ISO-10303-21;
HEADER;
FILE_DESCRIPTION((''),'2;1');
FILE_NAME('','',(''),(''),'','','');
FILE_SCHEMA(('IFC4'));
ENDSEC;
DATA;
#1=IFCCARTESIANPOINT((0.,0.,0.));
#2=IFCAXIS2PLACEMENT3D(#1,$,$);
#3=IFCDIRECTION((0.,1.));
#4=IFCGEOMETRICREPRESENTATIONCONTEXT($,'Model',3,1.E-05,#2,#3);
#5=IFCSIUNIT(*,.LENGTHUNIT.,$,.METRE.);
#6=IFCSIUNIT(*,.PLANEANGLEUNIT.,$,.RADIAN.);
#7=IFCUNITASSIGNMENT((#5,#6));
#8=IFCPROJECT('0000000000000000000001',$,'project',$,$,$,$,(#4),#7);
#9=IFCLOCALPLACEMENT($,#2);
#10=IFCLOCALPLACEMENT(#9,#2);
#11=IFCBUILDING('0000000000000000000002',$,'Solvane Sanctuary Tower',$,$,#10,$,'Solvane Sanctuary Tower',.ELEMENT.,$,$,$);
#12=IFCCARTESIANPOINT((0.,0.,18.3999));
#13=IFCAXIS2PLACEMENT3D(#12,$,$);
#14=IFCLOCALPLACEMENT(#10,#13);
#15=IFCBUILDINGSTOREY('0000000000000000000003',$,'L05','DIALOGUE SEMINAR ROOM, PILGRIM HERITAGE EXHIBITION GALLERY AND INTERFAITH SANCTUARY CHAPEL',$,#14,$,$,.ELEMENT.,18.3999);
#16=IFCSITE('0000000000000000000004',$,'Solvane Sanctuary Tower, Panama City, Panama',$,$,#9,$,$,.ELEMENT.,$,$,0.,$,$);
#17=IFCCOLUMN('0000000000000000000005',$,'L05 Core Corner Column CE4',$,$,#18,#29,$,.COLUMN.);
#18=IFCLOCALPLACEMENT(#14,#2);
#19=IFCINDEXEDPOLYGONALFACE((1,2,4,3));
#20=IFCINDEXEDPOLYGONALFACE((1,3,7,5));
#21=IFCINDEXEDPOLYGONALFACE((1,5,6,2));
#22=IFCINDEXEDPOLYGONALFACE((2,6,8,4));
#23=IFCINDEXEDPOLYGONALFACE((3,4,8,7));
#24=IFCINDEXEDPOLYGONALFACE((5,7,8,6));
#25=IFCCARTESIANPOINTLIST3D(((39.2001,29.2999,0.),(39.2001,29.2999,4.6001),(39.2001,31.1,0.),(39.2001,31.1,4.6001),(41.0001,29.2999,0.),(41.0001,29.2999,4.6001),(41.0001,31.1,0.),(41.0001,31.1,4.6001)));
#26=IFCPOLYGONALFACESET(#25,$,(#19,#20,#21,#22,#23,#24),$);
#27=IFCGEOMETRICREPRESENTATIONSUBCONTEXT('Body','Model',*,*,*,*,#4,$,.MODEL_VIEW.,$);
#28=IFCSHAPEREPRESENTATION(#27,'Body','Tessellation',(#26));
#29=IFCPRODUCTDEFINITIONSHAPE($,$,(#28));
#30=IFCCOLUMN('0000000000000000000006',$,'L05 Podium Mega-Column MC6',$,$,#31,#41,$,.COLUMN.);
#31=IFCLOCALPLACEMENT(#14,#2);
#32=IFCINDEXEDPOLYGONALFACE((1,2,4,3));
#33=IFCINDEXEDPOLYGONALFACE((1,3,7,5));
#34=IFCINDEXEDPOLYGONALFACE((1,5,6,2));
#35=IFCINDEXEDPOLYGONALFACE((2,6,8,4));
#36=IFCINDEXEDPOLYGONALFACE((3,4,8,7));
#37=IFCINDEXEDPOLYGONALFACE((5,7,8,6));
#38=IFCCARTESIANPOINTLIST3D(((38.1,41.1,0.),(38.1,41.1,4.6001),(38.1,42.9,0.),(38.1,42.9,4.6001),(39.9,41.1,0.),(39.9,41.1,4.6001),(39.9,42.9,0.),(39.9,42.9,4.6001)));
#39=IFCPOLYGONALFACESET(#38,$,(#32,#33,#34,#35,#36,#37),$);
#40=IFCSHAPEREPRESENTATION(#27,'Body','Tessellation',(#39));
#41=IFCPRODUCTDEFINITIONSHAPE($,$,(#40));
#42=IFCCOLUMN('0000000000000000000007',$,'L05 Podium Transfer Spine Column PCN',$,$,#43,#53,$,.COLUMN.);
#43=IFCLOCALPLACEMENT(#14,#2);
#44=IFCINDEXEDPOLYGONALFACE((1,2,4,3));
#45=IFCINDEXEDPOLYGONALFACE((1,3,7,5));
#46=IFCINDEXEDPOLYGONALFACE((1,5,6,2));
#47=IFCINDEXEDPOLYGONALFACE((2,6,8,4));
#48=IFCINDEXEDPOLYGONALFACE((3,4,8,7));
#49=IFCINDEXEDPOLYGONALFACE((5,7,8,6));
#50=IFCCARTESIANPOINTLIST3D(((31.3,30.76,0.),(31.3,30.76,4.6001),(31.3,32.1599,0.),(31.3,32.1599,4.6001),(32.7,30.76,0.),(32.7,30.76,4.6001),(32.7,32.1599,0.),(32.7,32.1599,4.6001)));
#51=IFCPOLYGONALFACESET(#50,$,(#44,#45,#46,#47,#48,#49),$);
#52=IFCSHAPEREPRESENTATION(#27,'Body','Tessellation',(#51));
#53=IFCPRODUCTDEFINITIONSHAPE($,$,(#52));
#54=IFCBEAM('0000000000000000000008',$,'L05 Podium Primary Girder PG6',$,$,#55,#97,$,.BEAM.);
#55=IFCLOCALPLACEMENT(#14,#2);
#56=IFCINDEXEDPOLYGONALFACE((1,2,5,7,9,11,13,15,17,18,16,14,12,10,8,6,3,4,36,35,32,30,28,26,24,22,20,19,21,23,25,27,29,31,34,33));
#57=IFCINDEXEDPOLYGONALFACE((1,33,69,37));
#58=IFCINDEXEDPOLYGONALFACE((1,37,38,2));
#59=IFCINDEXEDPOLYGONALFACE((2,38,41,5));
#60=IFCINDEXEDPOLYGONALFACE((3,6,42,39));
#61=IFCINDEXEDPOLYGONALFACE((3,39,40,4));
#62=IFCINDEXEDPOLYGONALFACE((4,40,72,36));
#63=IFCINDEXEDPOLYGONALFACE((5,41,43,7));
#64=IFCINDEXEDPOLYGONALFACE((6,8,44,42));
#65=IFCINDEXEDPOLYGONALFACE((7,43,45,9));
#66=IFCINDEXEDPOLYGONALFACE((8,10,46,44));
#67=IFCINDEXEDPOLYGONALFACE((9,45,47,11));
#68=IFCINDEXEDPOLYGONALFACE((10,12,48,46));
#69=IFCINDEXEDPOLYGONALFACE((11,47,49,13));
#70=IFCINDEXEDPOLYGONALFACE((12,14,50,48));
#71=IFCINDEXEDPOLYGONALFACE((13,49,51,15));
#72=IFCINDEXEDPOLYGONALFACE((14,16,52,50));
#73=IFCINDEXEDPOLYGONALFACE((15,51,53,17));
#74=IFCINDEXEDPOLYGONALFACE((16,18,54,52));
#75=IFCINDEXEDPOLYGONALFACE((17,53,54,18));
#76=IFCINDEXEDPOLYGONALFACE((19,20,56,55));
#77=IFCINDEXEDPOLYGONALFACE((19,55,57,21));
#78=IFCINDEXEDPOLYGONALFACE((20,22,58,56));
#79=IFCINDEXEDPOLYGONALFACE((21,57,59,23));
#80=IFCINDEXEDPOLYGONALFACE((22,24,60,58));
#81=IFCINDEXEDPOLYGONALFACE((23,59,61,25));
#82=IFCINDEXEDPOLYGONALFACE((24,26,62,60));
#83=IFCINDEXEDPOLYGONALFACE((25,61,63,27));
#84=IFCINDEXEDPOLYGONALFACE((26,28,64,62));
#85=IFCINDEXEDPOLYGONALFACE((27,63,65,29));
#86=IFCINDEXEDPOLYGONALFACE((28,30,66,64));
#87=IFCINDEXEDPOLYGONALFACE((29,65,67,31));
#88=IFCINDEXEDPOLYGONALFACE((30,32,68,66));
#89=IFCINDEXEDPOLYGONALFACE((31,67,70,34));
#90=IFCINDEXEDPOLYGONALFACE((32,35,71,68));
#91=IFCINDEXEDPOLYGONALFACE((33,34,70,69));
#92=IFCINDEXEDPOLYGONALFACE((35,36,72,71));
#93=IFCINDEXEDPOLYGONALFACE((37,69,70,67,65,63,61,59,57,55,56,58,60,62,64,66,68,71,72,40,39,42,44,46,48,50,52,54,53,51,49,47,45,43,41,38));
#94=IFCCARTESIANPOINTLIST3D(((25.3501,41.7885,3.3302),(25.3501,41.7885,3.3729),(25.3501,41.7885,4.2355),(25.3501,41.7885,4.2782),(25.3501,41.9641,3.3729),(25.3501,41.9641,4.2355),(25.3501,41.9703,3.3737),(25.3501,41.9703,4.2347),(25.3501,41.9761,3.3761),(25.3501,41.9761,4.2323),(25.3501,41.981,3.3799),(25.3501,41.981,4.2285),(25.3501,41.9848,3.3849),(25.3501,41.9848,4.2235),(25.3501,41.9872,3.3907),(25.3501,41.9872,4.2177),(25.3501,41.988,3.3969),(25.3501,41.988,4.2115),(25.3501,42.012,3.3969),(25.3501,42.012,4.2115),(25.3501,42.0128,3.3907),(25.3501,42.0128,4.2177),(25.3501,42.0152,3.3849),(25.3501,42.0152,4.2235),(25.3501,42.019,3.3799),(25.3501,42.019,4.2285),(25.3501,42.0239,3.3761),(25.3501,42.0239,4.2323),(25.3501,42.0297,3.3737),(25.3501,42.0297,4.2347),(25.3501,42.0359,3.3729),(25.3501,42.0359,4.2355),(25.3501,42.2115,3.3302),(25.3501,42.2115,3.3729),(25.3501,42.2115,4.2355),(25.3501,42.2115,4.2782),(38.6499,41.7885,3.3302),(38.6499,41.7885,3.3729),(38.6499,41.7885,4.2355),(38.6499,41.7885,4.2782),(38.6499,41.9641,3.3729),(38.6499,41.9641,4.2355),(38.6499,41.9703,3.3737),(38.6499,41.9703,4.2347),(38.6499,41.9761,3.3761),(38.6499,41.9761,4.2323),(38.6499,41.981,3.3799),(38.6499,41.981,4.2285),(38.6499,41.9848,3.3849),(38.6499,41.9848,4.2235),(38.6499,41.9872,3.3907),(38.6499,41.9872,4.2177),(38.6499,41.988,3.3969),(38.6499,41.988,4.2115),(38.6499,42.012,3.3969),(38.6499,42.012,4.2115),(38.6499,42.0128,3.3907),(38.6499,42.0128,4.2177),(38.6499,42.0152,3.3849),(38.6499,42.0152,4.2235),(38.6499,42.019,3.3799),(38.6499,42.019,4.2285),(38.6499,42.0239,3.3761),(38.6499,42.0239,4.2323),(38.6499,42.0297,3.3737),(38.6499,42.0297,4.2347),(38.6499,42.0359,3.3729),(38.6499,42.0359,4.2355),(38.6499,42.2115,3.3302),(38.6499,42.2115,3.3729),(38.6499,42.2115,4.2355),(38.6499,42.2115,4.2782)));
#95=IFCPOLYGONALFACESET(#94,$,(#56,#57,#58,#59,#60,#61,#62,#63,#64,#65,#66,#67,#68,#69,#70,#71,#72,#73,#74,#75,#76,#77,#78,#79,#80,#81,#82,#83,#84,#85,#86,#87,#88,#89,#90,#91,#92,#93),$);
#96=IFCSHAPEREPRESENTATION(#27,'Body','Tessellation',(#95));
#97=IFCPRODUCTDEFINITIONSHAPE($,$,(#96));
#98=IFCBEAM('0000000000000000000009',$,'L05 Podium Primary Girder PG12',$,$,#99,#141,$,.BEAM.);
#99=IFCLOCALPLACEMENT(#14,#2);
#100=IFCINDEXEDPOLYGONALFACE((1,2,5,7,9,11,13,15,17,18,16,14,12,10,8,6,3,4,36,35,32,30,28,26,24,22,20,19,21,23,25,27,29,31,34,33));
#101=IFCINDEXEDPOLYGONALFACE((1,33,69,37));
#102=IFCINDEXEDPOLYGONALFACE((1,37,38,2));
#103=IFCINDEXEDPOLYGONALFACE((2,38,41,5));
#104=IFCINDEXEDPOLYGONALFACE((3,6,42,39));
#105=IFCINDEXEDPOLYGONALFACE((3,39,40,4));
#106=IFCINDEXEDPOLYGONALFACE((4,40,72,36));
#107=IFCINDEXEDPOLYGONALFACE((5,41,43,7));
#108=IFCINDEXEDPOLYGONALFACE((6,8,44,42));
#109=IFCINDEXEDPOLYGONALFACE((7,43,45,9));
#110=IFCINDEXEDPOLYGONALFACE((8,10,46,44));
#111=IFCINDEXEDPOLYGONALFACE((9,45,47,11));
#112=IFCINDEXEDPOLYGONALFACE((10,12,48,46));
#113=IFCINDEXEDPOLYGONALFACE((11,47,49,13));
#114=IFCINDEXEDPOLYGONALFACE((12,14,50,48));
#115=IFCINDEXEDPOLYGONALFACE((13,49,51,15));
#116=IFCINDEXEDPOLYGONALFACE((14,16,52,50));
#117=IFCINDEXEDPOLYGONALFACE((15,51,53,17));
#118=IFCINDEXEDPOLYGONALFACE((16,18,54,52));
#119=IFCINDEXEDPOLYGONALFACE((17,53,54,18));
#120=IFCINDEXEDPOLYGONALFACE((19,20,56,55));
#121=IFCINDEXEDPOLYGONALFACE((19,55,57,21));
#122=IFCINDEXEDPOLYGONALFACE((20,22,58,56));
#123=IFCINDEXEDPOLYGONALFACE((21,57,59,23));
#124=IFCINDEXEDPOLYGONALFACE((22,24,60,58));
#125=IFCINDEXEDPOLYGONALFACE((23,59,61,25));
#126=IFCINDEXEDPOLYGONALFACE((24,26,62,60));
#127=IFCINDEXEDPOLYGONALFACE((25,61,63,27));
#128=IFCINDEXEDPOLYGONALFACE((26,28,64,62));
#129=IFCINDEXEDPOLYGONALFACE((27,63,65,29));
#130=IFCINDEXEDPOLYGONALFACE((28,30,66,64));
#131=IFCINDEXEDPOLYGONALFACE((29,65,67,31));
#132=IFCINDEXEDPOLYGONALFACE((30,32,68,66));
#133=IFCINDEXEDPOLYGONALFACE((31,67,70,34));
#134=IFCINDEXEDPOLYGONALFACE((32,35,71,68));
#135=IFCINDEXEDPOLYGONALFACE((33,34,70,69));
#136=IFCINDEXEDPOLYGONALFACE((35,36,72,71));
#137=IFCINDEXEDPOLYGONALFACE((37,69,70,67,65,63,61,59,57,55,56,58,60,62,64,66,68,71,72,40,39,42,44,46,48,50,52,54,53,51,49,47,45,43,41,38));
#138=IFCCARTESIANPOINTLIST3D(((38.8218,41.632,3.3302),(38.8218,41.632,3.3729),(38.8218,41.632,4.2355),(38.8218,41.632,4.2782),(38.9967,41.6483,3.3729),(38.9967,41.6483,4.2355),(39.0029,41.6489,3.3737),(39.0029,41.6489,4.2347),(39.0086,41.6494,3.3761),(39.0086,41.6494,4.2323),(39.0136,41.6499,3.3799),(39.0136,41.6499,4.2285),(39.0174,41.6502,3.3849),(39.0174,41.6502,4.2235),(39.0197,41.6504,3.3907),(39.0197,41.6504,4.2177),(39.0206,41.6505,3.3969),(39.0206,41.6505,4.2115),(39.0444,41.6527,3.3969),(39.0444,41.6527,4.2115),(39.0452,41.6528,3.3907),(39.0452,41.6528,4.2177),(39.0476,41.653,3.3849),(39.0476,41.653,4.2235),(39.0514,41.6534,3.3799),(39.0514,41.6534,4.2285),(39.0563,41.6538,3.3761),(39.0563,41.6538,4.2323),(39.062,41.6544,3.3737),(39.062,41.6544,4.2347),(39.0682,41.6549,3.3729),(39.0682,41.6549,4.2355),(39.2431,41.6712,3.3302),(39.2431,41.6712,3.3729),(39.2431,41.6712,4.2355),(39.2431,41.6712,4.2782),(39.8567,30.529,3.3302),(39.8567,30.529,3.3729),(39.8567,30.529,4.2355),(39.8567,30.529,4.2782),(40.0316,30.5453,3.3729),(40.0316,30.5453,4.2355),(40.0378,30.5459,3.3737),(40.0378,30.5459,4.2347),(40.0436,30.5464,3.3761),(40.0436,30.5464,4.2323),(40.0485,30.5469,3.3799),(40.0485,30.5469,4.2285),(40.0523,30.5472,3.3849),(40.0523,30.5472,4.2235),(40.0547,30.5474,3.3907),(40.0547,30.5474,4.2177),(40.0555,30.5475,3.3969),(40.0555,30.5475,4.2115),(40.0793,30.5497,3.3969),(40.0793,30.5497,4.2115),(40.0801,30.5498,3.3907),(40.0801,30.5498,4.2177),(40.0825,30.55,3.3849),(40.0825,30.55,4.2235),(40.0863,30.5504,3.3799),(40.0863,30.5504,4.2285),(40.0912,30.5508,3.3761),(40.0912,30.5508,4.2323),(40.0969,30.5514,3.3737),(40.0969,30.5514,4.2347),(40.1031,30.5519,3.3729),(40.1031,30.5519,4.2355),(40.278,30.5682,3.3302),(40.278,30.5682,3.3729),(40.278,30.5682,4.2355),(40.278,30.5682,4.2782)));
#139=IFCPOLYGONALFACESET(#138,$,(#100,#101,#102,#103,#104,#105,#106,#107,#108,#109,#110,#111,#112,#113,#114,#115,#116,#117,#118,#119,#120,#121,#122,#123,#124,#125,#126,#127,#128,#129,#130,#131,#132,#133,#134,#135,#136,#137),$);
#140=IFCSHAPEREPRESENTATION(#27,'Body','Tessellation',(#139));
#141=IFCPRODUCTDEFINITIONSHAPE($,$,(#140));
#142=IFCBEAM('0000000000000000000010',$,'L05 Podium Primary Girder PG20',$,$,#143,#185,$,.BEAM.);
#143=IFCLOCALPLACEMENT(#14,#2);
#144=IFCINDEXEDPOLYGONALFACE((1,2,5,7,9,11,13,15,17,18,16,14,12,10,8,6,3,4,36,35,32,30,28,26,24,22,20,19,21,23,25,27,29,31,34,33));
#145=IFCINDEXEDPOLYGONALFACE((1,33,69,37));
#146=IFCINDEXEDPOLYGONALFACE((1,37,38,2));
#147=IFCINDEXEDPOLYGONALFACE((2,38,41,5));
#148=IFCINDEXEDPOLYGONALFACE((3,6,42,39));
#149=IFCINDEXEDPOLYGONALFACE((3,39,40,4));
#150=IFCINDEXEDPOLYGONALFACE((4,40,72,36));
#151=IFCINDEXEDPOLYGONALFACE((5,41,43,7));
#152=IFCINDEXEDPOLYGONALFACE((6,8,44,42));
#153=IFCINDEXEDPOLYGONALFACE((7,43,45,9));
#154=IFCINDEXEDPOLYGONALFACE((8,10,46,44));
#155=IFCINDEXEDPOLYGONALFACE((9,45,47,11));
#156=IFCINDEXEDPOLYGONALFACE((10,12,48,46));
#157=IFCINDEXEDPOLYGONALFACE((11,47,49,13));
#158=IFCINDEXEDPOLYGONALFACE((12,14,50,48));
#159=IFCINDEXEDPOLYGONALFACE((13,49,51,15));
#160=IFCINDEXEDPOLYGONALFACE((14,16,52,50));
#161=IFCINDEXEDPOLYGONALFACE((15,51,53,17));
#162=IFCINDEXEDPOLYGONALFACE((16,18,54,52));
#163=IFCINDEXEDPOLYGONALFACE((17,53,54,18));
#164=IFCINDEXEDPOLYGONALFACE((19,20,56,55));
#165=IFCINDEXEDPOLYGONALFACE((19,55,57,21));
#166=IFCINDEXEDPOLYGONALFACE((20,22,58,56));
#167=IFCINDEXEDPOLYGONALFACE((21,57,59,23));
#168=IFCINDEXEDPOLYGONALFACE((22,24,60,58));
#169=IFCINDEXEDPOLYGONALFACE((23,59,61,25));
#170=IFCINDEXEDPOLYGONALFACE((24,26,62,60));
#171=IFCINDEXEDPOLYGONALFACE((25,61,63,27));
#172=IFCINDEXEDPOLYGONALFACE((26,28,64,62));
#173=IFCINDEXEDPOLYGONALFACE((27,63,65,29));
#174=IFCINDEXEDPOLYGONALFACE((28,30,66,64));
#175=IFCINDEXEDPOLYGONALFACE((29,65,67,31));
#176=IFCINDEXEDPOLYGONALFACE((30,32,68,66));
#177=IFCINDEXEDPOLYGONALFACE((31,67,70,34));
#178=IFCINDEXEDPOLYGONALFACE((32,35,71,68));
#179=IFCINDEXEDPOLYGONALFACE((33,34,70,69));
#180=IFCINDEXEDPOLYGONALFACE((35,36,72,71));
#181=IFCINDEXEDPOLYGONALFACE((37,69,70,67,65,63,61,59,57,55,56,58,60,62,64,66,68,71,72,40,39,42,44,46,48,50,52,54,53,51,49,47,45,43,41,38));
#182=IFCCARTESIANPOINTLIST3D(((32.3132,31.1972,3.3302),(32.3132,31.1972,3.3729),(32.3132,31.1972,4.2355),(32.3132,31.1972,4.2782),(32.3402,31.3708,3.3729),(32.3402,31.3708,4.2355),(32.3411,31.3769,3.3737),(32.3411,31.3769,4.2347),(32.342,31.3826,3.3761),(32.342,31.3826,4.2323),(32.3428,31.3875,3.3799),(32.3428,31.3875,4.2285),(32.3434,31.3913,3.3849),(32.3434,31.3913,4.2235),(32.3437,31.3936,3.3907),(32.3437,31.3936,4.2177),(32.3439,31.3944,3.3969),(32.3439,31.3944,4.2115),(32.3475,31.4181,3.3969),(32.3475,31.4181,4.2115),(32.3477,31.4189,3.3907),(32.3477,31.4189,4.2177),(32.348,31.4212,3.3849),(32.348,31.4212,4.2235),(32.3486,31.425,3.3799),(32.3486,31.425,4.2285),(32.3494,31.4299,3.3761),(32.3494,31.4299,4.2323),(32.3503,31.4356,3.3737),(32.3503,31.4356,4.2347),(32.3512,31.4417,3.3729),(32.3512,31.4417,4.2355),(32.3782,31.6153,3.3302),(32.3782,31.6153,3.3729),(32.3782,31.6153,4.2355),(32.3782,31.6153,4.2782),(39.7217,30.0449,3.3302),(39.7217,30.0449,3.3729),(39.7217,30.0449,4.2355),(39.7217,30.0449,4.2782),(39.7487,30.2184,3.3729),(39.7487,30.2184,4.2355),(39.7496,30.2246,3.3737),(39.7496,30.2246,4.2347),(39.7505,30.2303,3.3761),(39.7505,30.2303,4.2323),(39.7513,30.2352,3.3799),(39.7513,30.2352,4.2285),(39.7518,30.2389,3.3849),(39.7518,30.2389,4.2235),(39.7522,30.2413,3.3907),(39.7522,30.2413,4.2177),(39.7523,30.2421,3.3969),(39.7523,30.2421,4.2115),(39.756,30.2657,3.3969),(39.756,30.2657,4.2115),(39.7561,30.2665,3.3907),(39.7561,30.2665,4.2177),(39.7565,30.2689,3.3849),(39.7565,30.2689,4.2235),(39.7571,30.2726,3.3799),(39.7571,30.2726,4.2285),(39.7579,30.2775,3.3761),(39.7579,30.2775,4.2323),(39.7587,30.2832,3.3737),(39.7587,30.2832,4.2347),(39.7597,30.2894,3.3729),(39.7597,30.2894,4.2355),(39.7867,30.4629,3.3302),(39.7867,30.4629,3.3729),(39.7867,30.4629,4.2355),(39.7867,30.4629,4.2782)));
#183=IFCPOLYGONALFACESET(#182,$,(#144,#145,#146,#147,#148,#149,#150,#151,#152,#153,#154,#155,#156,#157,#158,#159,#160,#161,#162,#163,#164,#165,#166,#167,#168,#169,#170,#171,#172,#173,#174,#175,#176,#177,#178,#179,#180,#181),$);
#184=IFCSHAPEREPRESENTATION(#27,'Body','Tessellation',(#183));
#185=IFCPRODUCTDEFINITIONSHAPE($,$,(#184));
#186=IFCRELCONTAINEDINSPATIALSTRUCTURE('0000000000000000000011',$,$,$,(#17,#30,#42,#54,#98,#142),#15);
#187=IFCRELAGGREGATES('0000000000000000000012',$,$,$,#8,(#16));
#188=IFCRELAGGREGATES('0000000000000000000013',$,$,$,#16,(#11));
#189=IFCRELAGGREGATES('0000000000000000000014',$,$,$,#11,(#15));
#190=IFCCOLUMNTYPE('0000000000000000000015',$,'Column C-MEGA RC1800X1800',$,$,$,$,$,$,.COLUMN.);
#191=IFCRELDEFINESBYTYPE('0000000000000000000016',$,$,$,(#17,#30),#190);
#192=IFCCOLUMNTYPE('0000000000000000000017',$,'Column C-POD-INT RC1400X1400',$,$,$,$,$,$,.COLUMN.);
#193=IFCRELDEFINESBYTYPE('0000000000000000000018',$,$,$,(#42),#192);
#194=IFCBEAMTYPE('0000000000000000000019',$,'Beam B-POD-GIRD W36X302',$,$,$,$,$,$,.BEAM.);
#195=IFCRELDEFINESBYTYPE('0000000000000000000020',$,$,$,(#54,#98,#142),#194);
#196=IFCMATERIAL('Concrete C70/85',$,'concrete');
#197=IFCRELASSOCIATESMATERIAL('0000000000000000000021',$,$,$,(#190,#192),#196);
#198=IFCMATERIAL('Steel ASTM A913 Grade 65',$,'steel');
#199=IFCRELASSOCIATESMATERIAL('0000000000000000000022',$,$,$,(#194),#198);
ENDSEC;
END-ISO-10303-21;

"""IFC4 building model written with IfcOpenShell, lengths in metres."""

from ifc_helpers import new_model, si_unit, direction, frame, origin, origin_2d, place, context, subcontext, project, spatial, rectangle, i_section, extrude, material, material_profile, profile_set, type_object, element, save


model = new_model("IFC4")

# Units and contexts
model_context = context("Model", 3, precision=1e-05, world=origin(), true_north=direction((0.0, 1.0)))
body_context = subcontext(model_context, "Body", "Model", "MODEL_VIEW")
ifc_project = project(units=[si_unit("LENGTHUNIT", "METRE"), si_unit("PLANEANGLEUNIT", "RADIAN")], contexts=[model_context])

# Site, building, storey
site_placement = place(None, origin())
site = spatial("IfcSite", under=ifc_project, at=site_placement, Name="Solvane Sanctuary Tower, Panama City, Panama", CompositionType="ELEMENT", RefElevation=0.0)
building_placement = place(site_placement, origin())
building = spatial("IfcBuilding", under=site, at=building_placement, Name="Solvane Sanctuary Tower", LongName="Solvane Sanctuary Tower", CompositionType="ELEMENT")
storey_placement = place(building_placement, frame((0.0, 0.0, 18.3999)))
storey = spatial("IfcBuildingStorey", under=building, at=storey_placement, Name="L05", Description="DIALOGUE SEMINAR ROOM, PILGRIM HERITAGE EXHIBITION GALLERY AND INTERFAITH SANCTUARY CHAPEL", CompositionType="ELEMENT", Elevation=18.3999)

# Columns
ifc_material_1 = material(Name="Concrete C70/85", Category="concrete")
ifc_material_profile_1 = material_profile(ifc_material_1, rectangle(XDim=1.8, YDim=1.8, at=origin_2d()), Name="RC1800X1800")
ifc_profile_set_1 = profile_set([ifc_material_profile_1], Name="Concrete C70/85")
column_type_1 = type_object("IfcColumnType", Name="Column C-MEGA RC1800X1800", PredefinedType="COLUMN", material=ifc_profile_set_1)
for number, where, z_axis, x_axis, name in (
    (1, (40.1001, 30.2, 0.0), (0.0, 0.0, 1.0), (1.0, 0.0, 0.0), "L05 Core Corner Column CE4"),
    (2, (39.0, 42.0, 0.0), (0.0, 0.0, 1.0), (1.0, 0.0, 0.0), "L05 Podium Mega-Column MC6"),
):
    element("IfcColumn", number, at=place(storey_placement, frame(where, z_axis=z_axis, x_axis=x_axis)), inside=storey, type_object=column_type_1, Name=name, PredefinedType="COLUMN", context=body_context, shape_type="SweptSolid", body=[
        extrude(rectangle(XDim=1.8, YDim=1.8, at=origin_2d()), origin(), (0.0, 0.0, 1.0), 4.6001),
    ])
ifc_material_profile_2 = material_profile(ifc_material_1, rectangle(XDim=1.3999, YDim=1.3999, at=origin_2d()), Name="RC1400X1400")
ifc_profile_set_2 = profile_set([ifc_material_profile_2], Name="Concrete C70/85")
column_type_2 = type_object("IfcColumnType", Name="Column C-POD-INT RC1400X1400", PredefinedType="COLUMN", material=ifc_profile_set_2)
column_placement = place(storey_placement, frame((32.0, 31.46, 0.0), z_axis=(0.0, 0.0, 1.0), x_axis=(1.0, 0.0, 0.0)))
element("IfcColumn", 3, at=column_placement, inside=storey, type_object=column_type_2, Name="L05 Podium Transfer Spine Column PCN", PredefinedType="COLUMN", context=body_context, shape_type="SweptSolid", body=[
    extrude(rectangle(XDim=1.3999, YDim=1.3999, at=origin_2d()), origin(), (0.0, 0.0, 1.0), 4.6001),
])

# Beams
ifc_material_2 = material(Name="Steel ASTM A913 Grade 65", Category="steel")
ifc_material_profile_3 = material_profile(ifc_material_2, i_section(OverallWidth=0.4231, OverallDepth=0.948, WebThickness=0.0239, FlangeThickness=0.0427, FilletRadius=0.0239, at=origin_2d()), Name="W36X302")
ifc_profile_set_3 = profile_set([ifc_material_profile_3], Name="Steel ASTM A913 Grade 65")
beam_type = type_object("IfcBeamType", Name="Beam B-POD-GIRD W36X302", PredefinedType="BEAM", material=ifc_profile_set_3)
beam_1_placement = place(storey_placement, frame((38.6499, 42.0, 3.8042), z_axis=(-1.0, 0.0, 0.0), x_axis=(0.0, -1.0, 0.0)))
element("IfcBeam", 4, at=beam_1_placement, inside=storey, type_object=beam_type, Name="L05 Podium Primary Girder PG6", PredefinedType="BEAM", context=body_context, shape_type="SweptSolid", body=[
    extrude(i_section(OverallWidth=0.4231, OverallDepth=0.948, WebThickness=0.0239, FlangeThickness=0.0427, FilletRadius=0.0239, at=origin_2d()), origin(), (0.0, 0.0, 1.0), 13.2998),
])
beam_2_placement = place(storey_placement, frame((39.0325, 41.6516, 3.8042), z_axis=(0.092808, -0.995684, 0.0), x_axis=(0.995684, 0.092808, 0.0)))
element("IfcBeam", 5, at=beam_2_placement, inside=storey, type_object=beam_type, Name="L05 Podium Primary Girder PG12", PredefinedType="BEAM", context=body_context, shape_type="SweptSolid", body=[
    extrude(i_section(OverallWidth=0.4231, OverallDepth=0.948, WebThickness=0.0239, FlangeThickness=0.0427, FilletRadius=0.0239, at=origin_2d()), origin(), (0.0, 0.0, 1.0), 11.1511),
])
beam_3_placement = place(storey_placement, frame((32.3457, 31.4062, 3.8042), z_axis=(0.988118, -0.153696, 0.0), x_axis=(0.153696, 0.988118, 0.0)))
element("IfcBeam", 6, at=beam_3_placement, inside=storey, type_object=beam_type, Name="L05 Podium Primary Girder PG20", PredefinedType="BEAM", context=body_context, shape_type="SweptSolid", body=[
    extrude(i_section(OverallWidth=0.4231, OverallDepth=0.948, WebThickness=0.0239, FlangeThickness=0.0427, FilletRadius=0.0239, at=origin_2d()), origin(), (0.0, 0.0, 1.0), 7.4976),
])

save(model, "model.ifc")
